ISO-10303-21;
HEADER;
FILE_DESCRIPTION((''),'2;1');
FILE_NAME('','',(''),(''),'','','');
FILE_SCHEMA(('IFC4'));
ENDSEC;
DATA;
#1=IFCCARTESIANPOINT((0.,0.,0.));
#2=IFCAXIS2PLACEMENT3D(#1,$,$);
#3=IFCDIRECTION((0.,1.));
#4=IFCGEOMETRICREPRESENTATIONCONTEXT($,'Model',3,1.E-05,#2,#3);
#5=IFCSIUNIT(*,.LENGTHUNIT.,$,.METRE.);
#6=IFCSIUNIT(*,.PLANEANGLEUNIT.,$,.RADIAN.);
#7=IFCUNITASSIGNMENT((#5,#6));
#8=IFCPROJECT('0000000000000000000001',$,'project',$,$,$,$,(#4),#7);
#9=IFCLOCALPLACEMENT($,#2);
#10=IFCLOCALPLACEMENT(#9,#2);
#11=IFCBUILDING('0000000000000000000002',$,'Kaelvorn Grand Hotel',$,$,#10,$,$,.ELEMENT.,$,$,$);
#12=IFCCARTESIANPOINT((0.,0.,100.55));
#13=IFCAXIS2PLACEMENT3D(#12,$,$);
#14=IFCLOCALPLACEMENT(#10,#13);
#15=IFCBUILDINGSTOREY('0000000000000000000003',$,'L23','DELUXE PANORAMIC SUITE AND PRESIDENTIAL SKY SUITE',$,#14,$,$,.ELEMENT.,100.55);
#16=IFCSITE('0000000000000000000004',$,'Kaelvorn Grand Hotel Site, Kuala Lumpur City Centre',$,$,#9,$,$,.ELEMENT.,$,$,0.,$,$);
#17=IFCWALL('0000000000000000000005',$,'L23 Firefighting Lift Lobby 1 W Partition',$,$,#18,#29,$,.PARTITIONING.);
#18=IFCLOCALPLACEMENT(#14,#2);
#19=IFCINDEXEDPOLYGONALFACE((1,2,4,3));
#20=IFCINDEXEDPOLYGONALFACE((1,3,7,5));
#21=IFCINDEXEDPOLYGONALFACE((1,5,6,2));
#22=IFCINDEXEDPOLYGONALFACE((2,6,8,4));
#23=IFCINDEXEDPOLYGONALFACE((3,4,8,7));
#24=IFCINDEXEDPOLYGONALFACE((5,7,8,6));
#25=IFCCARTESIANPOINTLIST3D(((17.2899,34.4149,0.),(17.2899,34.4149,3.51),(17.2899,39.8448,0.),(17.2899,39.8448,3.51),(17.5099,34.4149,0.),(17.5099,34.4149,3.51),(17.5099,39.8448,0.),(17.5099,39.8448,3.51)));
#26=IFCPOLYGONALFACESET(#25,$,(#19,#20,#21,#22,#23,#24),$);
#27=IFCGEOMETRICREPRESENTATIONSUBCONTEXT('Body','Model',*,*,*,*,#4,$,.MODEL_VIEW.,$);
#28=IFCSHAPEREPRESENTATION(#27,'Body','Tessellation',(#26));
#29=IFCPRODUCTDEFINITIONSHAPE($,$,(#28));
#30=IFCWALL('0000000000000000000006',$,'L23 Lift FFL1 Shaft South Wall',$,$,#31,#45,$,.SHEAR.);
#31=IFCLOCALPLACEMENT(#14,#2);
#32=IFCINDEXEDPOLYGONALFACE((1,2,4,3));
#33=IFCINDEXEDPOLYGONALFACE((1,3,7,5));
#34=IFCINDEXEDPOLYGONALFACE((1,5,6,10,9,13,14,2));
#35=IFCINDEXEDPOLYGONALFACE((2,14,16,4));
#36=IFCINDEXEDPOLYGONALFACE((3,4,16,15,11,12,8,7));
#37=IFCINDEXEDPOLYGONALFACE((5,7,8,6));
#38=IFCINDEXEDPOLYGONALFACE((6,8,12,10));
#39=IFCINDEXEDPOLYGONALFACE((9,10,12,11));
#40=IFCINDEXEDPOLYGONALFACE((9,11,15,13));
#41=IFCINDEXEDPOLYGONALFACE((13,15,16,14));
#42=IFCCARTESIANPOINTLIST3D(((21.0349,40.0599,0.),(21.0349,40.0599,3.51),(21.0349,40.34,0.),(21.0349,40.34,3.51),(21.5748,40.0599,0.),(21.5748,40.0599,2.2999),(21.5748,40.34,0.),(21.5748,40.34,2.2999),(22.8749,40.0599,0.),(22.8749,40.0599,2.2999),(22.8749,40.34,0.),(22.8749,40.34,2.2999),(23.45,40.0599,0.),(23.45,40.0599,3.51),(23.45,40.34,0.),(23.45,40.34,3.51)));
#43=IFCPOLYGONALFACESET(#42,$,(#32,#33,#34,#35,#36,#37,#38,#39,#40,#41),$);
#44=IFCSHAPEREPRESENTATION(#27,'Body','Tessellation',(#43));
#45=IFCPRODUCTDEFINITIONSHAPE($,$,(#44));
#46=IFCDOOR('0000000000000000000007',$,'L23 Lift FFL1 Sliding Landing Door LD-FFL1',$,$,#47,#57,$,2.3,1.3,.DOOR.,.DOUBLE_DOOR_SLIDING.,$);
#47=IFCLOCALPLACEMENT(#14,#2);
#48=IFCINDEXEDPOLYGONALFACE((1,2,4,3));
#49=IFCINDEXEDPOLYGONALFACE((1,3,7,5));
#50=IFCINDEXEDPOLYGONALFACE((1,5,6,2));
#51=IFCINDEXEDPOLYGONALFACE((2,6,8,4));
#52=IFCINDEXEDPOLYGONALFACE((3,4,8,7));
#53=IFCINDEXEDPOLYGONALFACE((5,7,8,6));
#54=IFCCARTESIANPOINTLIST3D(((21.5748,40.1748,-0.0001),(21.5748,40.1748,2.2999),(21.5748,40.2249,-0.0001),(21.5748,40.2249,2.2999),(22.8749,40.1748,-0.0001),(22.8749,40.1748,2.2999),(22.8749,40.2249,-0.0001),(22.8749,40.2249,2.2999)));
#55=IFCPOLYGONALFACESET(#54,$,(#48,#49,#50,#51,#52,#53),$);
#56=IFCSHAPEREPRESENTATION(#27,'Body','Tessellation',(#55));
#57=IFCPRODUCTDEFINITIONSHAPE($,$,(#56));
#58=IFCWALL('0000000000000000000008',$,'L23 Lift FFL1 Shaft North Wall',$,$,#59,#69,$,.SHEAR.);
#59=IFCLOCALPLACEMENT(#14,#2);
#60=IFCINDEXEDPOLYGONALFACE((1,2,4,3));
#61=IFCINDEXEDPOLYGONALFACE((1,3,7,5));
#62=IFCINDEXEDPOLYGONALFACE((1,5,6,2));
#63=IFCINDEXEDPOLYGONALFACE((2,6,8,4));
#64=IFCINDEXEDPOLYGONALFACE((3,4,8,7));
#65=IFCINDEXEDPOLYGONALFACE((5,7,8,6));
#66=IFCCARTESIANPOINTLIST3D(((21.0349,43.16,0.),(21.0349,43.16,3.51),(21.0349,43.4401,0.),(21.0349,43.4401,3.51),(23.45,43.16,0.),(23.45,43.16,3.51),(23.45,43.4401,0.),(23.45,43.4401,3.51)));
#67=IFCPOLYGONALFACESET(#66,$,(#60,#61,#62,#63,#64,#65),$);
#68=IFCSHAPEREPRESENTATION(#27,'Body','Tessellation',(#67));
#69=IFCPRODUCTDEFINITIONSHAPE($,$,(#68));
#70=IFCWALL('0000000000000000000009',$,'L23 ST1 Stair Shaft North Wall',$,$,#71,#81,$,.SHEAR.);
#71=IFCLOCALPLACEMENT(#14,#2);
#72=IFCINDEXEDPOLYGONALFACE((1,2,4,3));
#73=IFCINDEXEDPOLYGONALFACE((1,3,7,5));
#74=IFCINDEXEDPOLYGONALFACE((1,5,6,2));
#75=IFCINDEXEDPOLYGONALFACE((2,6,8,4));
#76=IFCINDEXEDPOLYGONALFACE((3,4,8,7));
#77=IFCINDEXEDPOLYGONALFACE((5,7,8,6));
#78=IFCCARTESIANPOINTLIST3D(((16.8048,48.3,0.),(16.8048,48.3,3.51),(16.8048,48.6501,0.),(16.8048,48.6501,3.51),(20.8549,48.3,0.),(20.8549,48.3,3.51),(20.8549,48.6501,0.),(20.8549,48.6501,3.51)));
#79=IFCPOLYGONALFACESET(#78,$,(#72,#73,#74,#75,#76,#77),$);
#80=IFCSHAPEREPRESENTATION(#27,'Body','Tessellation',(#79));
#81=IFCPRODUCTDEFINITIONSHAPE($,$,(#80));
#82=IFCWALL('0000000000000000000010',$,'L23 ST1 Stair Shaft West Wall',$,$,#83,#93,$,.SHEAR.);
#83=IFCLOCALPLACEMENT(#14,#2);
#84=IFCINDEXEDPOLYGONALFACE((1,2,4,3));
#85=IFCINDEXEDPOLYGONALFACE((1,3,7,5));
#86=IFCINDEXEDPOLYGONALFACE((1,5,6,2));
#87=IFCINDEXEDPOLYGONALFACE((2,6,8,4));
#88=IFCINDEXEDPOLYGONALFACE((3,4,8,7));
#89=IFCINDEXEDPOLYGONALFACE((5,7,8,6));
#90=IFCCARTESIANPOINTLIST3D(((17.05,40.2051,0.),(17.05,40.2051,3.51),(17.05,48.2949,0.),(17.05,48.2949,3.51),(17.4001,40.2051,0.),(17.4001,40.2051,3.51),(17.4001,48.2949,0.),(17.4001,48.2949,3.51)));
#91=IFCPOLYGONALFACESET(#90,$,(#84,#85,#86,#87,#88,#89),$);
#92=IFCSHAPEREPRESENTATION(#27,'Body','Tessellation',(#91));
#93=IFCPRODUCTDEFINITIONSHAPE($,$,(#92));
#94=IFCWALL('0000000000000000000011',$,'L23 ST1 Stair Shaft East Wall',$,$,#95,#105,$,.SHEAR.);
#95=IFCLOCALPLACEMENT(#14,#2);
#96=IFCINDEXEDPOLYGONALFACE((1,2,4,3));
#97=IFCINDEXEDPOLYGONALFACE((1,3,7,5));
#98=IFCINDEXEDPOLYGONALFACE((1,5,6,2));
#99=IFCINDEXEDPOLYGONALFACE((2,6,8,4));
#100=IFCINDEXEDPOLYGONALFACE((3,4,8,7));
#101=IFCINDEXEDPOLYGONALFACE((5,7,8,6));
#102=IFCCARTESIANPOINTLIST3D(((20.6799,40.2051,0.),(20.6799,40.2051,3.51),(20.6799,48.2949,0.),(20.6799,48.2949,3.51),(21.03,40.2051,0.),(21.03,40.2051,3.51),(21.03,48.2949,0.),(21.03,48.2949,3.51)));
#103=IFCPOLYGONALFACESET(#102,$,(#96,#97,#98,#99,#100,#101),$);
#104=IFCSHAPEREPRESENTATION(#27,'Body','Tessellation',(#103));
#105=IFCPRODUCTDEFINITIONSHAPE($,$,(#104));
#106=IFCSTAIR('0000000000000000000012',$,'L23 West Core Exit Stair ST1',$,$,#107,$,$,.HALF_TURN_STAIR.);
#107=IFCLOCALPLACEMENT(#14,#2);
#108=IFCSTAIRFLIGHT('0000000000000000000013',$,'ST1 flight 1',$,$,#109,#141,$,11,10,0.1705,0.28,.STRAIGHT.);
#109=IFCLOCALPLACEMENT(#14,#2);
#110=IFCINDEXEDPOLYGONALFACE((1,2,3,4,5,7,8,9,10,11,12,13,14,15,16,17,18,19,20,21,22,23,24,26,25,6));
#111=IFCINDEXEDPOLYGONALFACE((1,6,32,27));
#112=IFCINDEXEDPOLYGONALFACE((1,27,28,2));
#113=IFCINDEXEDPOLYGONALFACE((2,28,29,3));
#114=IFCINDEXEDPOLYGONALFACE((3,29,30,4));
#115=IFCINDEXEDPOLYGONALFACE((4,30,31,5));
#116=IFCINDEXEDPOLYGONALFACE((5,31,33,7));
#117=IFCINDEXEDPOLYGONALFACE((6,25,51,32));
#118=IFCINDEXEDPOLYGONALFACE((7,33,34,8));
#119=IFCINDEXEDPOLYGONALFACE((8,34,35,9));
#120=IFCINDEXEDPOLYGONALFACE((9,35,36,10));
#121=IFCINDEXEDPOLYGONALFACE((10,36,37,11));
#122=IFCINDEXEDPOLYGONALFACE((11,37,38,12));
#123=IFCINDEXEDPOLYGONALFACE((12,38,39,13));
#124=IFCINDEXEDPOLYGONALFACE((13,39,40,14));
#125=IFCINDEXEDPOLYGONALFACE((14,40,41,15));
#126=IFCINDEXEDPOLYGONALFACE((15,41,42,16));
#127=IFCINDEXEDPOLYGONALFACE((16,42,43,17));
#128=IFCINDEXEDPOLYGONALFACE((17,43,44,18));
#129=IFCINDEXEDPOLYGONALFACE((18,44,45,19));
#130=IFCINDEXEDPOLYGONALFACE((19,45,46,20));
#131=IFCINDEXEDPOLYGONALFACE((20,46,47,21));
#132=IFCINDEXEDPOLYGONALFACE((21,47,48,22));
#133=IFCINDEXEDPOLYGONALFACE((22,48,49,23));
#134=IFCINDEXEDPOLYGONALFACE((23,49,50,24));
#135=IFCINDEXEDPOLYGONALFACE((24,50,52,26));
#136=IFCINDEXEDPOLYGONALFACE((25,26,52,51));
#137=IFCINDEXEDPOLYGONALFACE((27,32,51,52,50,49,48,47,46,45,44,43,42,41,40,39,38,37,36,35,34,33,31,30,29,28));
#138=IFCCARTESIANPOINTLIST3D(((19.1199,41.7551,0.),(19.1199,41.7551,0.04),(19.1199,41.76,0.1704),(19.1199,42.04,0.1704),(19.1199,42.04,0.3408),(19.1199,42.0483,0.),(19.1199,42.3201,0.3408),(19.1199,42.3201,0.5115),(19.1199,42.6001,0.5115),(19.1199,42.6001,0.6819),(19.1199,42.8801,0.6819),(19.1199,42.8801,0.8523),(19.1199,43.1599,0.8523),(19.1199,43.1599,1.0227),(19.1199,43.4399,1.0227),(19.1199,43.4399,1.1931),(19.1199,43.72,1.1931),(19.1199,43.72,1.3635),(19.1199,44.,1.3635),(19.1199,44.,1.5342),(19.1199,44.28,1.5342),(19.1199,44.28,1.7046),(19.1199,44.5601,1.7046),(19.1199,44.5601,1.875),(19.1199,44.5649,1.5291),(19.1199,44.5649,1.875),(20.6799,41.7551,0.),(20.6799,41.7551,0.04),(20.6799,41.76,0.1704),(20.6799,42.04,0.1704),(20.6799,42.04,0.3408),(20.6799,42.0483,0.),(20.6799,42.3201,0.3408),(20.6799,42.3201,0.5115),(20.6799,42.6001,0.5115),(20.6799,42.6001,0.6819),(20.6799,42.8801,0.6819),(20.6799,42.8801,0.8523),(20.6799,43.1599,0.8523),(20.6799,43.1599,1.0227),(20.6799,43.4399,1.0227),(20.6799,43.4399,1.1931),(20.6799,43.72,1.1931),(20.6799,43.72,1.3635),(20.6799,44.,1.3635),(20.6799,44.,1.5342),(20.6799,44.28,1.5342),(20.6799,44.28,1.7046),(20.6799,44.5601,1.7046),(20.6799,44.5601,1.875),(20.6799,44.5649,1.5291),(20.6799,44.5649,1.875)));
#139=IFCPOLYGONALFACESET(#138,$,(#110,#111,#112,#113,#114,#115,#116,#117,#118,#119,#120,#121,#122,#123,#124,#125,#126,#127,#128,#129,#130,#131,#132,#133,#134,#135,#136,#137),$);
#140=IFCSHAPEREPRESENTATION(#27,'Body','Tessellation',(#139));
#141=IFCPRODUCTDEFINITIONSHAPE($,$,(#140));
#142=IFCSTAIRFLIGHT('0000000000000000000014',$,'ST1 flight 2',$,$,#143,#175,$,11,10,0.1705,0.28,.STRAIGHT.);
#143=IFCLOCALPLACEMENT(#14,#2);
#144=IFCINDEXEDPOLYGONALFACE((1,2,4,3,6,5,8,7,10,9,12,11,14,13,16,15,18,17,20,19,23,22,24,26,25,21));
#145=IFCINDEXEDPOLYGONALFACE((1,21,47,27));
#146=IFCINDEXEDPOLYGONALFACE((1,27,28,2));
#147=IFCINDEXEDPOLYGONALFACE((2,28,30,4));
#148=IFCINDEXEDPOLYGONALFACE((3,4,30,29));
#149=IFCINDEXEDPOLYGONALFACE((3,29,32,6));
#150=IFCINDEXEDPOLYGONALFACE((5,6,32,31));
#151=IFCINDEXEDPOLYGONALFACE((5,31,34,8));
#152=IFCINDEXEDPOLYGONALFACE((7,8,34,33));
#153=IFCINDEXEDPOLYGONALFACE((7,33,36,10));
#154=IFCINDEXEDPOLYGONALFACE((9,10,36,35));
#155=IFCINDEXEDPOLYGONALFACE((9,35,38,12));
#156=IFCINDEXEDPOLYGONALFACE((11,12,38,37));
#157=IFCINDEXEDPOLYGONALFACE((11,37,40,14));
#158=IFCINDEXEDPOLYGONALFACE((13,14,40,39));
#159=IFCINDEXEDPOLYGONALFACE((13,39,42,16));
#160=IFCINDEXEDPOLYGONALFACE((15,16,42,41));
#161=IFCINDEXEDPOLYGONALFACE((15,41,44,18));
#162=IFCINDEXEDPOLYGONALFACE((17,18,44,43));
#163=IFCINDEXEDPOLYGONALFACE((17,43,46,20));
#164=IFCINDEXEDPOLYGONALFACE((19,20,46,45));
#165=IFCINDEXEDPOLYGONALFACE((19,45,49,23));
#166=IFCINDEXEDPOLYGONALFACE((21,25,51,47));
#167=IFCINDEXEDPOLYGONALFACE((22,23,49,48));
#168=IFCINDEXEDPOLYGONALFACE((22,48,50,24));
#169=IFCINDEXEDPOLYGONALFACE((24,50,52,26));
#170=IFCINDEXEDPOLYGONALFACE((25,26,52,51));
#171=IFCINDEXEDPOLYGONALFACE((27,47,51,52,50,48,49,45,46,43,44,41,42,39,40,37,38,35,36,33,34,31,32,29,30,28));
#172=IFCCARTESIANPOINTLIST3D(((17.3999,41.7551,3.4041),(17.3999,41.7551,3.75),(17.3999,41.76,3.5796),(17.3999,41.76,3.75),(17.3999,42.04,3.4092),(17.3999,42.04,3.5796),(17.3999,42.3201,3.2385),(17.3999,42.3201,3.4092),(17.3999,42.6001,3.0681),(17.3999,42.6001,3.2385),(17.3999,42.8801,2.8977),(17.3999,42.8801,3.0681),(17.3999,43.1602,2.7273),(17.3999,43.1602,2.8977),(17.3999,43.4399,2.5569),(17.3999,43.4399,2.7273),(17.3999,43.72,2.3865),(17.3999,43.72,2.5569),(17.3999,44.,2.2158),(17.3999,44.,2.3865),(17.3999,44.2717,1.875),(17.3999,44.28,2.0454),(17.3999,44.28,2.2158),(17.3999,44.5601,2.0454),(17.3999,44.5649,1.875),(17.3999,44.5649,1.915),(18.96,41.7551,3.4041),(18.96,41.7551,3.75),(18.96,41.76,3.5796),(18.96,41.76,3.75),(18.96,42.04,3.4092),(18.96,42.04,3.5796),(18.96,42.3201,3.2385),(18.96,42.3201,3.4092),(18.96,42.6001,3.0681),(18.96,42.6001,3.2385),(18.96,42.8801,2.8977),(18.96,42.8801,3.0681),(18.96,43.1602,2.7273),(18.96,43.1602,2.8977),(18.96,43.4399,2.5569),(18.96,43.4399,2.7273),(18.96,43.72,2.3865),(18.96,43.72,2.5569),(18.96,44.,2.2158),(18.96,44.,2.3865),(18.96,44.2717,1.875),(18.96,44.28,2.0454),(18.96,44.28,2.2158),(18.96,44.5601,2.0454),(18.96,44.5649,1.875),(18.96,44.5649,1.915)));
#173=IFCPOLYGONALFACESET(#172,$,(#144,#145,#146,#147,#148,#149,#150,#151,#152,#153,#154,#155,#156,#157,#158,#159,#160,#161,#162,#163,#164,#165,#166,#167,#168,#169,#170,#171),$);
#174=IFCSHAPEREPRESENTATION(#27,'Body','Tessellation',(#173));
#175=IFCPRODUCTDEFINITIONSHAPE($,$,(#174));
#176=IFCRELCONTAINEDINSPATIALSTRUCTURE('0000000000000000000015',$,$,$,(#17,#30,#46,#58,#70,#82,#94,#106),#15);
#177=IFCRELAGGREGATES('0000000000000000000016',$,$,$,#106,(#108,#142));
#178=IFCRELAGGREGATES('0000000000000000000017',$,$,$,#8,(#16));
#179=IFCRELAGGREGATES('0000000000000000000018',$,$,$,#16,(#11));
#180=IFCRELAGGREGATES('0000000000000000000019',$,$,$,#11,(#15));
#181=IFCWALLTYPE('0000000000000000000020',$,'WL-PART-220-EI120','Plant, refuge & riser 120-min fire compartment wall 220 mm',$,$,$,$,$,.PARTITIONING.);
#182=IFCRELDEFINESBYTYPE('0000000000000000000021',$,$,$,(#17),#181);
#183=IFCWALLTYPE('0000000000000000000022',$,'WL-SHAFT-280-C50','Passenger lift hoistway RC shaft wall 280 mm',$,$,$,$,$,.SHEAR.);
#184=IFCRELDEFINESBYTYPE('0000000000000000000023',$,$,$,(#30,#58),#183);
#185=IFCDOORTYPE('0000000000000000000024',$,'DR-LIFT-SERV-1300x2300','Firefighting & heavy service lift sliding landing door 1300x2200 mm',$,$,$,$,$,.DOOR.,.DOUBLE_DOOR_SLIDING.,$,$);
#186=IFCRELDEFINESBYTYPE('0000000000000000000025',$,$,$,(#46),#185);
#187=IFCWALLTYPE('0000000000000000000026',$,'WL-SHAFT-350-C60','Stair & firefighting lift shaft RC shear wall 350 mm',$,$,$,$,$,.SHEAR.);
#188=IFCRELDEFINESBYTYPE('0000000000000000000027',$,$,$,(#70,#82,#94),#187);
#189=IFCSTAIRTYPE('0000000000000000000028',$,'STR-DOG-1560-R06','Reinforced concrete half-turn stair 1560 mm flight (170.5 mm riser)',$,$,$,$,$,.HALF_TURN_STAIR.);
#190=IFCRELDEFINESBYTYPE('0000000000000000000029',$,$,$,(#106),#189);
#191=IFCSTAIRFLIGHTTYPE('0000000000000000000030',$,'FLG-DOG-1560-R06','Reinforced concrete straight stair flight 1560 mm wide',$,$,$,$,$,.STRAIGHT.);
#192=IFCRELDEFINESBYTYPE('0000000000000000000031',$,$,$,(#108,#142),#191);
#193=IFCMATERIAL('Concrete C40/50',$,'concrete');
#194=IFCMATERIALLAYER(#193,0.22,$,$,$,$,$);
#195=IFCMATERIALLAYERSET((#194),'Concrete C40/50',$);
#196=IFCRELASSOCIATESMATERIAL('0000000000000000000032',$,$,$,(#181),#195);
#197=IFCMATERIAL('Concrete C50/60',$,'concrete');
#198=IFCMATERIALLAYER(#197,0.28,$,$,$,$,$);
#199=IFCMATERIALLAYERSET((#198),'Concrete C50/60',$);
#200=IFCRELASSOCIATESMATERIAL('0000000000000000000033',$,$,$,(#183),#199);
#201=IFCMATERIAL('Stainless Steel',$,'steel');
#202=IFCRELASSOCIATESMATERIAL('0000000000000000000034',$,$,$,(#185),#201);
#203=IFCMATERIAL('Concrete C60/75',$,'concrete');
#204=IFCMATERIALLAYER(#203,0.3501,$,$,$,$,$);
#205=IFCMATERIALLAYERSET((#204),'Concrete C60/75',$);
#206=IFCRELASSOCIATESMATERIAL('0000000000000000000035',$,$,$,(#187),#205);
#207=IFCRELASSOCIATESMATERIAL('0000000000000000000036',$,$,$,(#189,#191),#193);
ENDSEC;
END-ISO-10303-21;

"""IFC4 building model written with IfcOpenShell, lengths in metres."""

from ifc_helpers import new_model, si_unit, direction, frame, frame_2d, origin, place, context, subcontext, project, spatial, polyline, rectangle, outline, extrude, material, layer, layer_set, type_object, element, fill, aggregate, save


model = new_model("IFC4")

# Units and contexts
model_context = context("Model", 3, precision=1e-05, world=origin(), true_north=direction((0.0, 1.0)))
body_context = subcontext(model_context, "Body", "Model", "MODEL_VIEW")
ifc_project = project(units=[si_unit("LENGTHUNIT", "METRE"), si_unit("PLANEANGLEUNIT", "RADIAN")], contexts=[model_context])

# Site, building, storey
site_placement = place(None, origin())
site = spatial("IfcSite", under=ifc_project, at=site_placement, Name="Kaelvorn Grand Hotel Site, Kuala Lumpur City Centre", CompositionType="ELEMENT", RefElevation=0.0)
building_placement = place(site_placement, origin())
building = spatial("IfcBuilding", under=site, at=building_placement, Name="Kaelvorn Grand Hotel", CompositionType="ELEMENT")
storey_placement = place(building_placement, frame((0.0, 0.0, 100.55)))
storey = spatial("IfcBuildingStorey", under=building, at=storey_placement, Name="L23", Description="DELUXE PANORAMIC SUITE AND PRESIDENTIAL SKY SUITE", CompositionType="ELEMENT", Elevation=100.55)

# Shared definitions
ifc_material_1 = material(Name="Concrete C60/75", Category="concrete")

# Shared definitions
ifc_material_2 = material(Name="Concrete C40/50", Category="concrete")
ifc_layer_1 = layer(ifc_material_2, 0.22)
ifc_layer_set_1 = layer_set([ifc_layer_1], Name="Concrete C40/50")
wall_type_1 = type_object("IfcWallType", Name="WL-PART-220-EI120", Description="Plant, refuge & riser 120-min fire compartment wall 220 mm", PredefinedType="PARTITIONING", material=ifc_layer_set_1)

# Wall
wall_1_placement = place(storey_placement, frame((17.3999, 34.415, 0.0), z_axis=(0.0, 0.0, 1.0), x_axis=(0.0, 1.0, 0.0)))
element("IfcWall", 1, at=wall_1_placement, inside=storey, type_object=wall_type_1, Name="L23 Firefighting Lift Lobby 1 W Partition", PredefinedType="PARTITIONING", context=body_context, shape_type="SweptSolid", body=[
    extrude(rectangle(XDim=5.4299, YDim=0.22, at=frame_2d((2.7148, 0.0))), origin(), (0.0, 0.0, 1.0), 3.51),
])

# Wall, opening, door
ifc_material_3 = material(Name="Concrete C50/60", Category="concrete")
ifc_layer_2 = layer(ifc_material_3, 0.28)
ifc_layer_set_2 = layer_set([ifc_layer_2], Name="Concrete C50/60")
wall_type_2 = type_object("IfcWallType", Name="WL-SHAFT-280-C50", Description="Passenger lift hoistway RC shaft wall 280 mm", PredefinedType="SHEAR", material=ifc_layer_set_2)
wall_2_placement = place(storey_placement, frame((21.0349, 40.2, 0.0), z_axis=(0.0, 0.0, 1.0), x_axis=(1.0, 0.0, 0.0)))
wall_2 = element("IfcWall", 2, at=wall_2_placement, inside=storey, type_object=wall_type_2, Name="L23 Lift FFL1 Shaft South Wall", PredefinedType="SHEAR", context=body_context, shape_type="SweptSolid", body=[
    extrude(rectangle(XDim=2.415, YDim=0.28, at=frame_2d((1.2075, 0.0))), origin(), (0.0, 0.0, 1.0), 3.51),
])
opening_1_placement = place(wall_2_placement, frame((0.54, 0.0, 0.0)))
opening_1 = element("IfcOpeningElement", 3, at=opening_1_placement, cuts=wall_2, PredefinedType="OPENING", context=body_context, shape_type="SweptSolid", body=[
    extrude(rectangle(XDim=1.3, YDim=2.3, at=frame_2d((0.6499, 1.1499))), frame((0.0, 0.1499, 0.0), z_axis=(0.0, -1.0, 0.0), x_axis=(1.0, 0.0, 0.0)), (0.0, 0.0, 1.0), 0.3),
])
ifc_material_4 = material(Name="Stainless Steel", Category="steel")
door_type_1 = type_object("IfcDoorType", Name="DR-LIFT-SERV-1300x2300", Description="Firefighting & heavy service lift sliding landing door 1300x2200 mm", OperationType="DOUBLE_DOOR_SLIDING", PredefinedType="DOOR", material=ifc_material_4)
door_1_placement = place(opening_1_placement, origin())
door_1 = element("IfcDoor", 4, at=door_1_placement, inside=storey, type_object=door_type_1, Name="L23 Lift FFL1 Sliding Landing Door LD-FFL1", OperationType="DOUBLE_DOOR_SLIDING", OverallHeight=2.3, OverallWidth=1.3, PredefinedType="DOOR", context=body_context, shape_type="SweptSolid", body=[
    extrude(rectangle(XDim=1.3, YDim=2.3, at=frame_2d((0.6499, 1.1499))), frame((0.0, 0.0249, 0.0), z_axis=(0.0, -1.0, 0.0), x_axis=(1.0, 0.0, 0.0)), (0.0, 0.0, 1.0), 0.05),
])
fill(opening_1, door_1)

# Wall
wall_3_placement = place(storey_placement, frame((21.0349, 43.3, 0.0), z_axis=(0.0, 0.0, 1.0), x_axis=(1.0, 0.0, 0.0)))
element("IfcWall", 5, at=wall_3_placement, inside=storey, type_object=wall_type_2, Name="L23 Lift FFL1 Shaft North Wall", PredefinedType="SHEAR", context=body_context, shape_type="SweptSolid", body=[
    extrude(rectangle(XDim=2.415, YDim=0.28, at=frame_2d((1.2075, 0.0))), origin(), (0.0, 0.0, 1.0), 3.51),
])

# Shared definitions
ifc_layer_3 = layer(ifc_material_1, 0.3501)
ifc_layer_set_3 = layer_set([ifc_layer_3], Name="Concrete C60/75")
wall_type_3 = type_object("IfcWallType", Name="WL-SHAFT-350-C60", Description="Stair & firefighting lift shaft RC shear wall 350 mm", PredefinedType="SHEAR", material=ifc_layer_set_3)

# Walls
wall_4_placement = place(storey_placement, frame((16.8049, 48.4751, 0.0), z_axis=(0.0, 0.0, 1.0), x_axis=(1.0, 0.0, 0.0)))
element("IfcWall", 6, at=wall_4_placement, inside=storey, type_object=wall_type_3, Name="L23 ST1 Stair Shaft North Wall", PredefinedType="SHEAR", context=body_context, shape_type="SweptSolid", body=[
    extrude(rectangle(XDim=4.05, YDim=0.3501, at=frame_2d((2.0249, 0.0))), origin(), (0.0, 0.0, 1.0), 3.51),
])
for number, where, z_axis, x_axis, name in (
    (7, (17.2251, 40.2051, 0.0), (0.0, 0.0, 1.0), (0.0, 1.0, 0.0), "L23 ST1 Stair Shaft West Wall"),
    (8, (20.855, 40.2051, 0.0), (0.0, 0.0, 1.0), (0.0, 1.0, 0.0), "L23 ST1 Stair Shaft East Wall"),
):
    element("IfcWall", number, at=place(storey_placement, frame(where, z_axis=z_axis, x_axis=x_axis)), inside=storey, type_object=wall_type_3, Name=name, PredefinedType="SHEAR", context=body_context, shape_type="SweptSolid", body=[
        extrude(rectangle(XDim=8.0898, YDim=0.3501, at=frame_2d((4.0449, 0.0))), origin(), (0.0, 0.0, 1.0), 3.51),
    ])

# Stair, stair flights
stair_type = type_object("IfcStairType", Name="STR-DOG-1560-R06", Description="Reinforced concrete half-turn stair 1560 mm flight (170.5 mm riser)", PredefinedType="HALF_TURN_STAIR", material=ifc_material_2)
stair_placement = place(storey_placement, origin())
stair = element("IfcStair", 9, at=stair_placement, inside=storey, type_object=stair_type, Name="L23 West Core Exit Stair ST1", PredefinedType="HALF_TURN_STAIR")
stair_flight_type = type_object("IfcStairFlightType", Name="FLG-DOG-1560-R06", Description="Reinforced concrete straight stair flight 1560 mm wide", PredefinedType="STRAIGHT", material=ifc_material_2)
stair_flight_1_placement = place(storey_placement, frame((19.8999, 41.76, 0.0), z_axis=(0.0, 0.0, 1.0), x_axis=(0.0, 1.0, 0.0)))
stair_flight_1 = element("IfcStairFlight", 10, at=stair_flight_1_placement, type_object=stair_flight_type, Name="ST1 flight 1", NumberOfRisers=11, NumberOfTreads=10, PredefinedType="STRAIGHT", RiserHeight=0.1705, TreadLength=0.28, context=body_context, shape_type="SweptSolid", body=[
    extrude(outline(polyline([(-0.0049, 0.0), (-0.0049, 0.04), (0.0, 0.1704), (0.28, 0.1704), (0.28, 0.3408), (0.5601, 0.3408), (0.5601, 0.5115), (0.8401, 0.5115), (0.8401, 0.6819), (1.1201, 0.6819), (1.1201, 0.8523), (1.3999, 0.8523), (1.3999, 1.0227), (1.6799, 1.0227), (1.6799, 1.1931), (1.96, 1.1931), (1.96, 1.3635), (2.24, 1.3635), (2.24, 1.5342), (2.52, 1.5342), (2.52, 1.7046), (2.8, 1.7046), (2.8, 1.875), (2.8049, 1.875), (2.8049, 1.5291), (0.2883, 0.0), (-0.0049, 0.0)])), frame((0.0, 0.78, 0.0), z_axis=(0.0, -1.0, 0.0), x_axis=(1.0, 0.0, 0.0)), (0.0, 0.0, 1.0), 1.5601),
])
stair_flight_2_placement = place(storey_placement, frame((18.1799, 44.5601, 1.875), z_axis=(0.0, 0.0, 1.0), x_axis=(0.0, -1.0, 0.0)))
stair_flight_2 = element("IfcStairFlight", 11, at=stair_flight_2_placement, type_object=stair_flight_type, Name="ST1 flight 2", NumberOfRisers=11, NumberOfTreads=10, PredefinedType="STRAIGHT", RiserHeight=0.1705, TreadLength=0.28, context=body_context, shape_type="SweptSolid", body=[
    extrude(outline(polyline([(-0.0049, 0.0), (-0.0049, 0.04), (0.0, 0.1704), (0.28, 0.1704), (0.28, 0.3408), (0.5601, 0.3408), (0.5601, 0.5115), (0.8401, 0.5115), (0.8401, 0.6819), (1.1201, 0.6819), (1.1201, 0.8523), (1.3999, 0.8523), (1.3999, 1.0227), (1.6799, 1.0227), (1.6799, 1.1931), (1.96, 1.1931), (1.96, 1.3635), (2.24, 1.3635), (2.24, 1.5342), (2.52, 1.5342), (2.52, 1.7046), (2.8, 1.7046), (2.8, 1.875), (2.8049, 1.875), (2.8049, 1.5291), (0.2883, 0.0), (-0.0049, 0.0)])), frame((0.0, 0.78, 0.0), z_axis=(0.0, -1.0, 0.0), x_axis=(1.0, 0.0, 0.0)), (0.0, 0.0, 1.0), 1.5601),
])
aggregate(stair, [stair_flight_1, stair_flight_2])

save(model, "model.ifc")
